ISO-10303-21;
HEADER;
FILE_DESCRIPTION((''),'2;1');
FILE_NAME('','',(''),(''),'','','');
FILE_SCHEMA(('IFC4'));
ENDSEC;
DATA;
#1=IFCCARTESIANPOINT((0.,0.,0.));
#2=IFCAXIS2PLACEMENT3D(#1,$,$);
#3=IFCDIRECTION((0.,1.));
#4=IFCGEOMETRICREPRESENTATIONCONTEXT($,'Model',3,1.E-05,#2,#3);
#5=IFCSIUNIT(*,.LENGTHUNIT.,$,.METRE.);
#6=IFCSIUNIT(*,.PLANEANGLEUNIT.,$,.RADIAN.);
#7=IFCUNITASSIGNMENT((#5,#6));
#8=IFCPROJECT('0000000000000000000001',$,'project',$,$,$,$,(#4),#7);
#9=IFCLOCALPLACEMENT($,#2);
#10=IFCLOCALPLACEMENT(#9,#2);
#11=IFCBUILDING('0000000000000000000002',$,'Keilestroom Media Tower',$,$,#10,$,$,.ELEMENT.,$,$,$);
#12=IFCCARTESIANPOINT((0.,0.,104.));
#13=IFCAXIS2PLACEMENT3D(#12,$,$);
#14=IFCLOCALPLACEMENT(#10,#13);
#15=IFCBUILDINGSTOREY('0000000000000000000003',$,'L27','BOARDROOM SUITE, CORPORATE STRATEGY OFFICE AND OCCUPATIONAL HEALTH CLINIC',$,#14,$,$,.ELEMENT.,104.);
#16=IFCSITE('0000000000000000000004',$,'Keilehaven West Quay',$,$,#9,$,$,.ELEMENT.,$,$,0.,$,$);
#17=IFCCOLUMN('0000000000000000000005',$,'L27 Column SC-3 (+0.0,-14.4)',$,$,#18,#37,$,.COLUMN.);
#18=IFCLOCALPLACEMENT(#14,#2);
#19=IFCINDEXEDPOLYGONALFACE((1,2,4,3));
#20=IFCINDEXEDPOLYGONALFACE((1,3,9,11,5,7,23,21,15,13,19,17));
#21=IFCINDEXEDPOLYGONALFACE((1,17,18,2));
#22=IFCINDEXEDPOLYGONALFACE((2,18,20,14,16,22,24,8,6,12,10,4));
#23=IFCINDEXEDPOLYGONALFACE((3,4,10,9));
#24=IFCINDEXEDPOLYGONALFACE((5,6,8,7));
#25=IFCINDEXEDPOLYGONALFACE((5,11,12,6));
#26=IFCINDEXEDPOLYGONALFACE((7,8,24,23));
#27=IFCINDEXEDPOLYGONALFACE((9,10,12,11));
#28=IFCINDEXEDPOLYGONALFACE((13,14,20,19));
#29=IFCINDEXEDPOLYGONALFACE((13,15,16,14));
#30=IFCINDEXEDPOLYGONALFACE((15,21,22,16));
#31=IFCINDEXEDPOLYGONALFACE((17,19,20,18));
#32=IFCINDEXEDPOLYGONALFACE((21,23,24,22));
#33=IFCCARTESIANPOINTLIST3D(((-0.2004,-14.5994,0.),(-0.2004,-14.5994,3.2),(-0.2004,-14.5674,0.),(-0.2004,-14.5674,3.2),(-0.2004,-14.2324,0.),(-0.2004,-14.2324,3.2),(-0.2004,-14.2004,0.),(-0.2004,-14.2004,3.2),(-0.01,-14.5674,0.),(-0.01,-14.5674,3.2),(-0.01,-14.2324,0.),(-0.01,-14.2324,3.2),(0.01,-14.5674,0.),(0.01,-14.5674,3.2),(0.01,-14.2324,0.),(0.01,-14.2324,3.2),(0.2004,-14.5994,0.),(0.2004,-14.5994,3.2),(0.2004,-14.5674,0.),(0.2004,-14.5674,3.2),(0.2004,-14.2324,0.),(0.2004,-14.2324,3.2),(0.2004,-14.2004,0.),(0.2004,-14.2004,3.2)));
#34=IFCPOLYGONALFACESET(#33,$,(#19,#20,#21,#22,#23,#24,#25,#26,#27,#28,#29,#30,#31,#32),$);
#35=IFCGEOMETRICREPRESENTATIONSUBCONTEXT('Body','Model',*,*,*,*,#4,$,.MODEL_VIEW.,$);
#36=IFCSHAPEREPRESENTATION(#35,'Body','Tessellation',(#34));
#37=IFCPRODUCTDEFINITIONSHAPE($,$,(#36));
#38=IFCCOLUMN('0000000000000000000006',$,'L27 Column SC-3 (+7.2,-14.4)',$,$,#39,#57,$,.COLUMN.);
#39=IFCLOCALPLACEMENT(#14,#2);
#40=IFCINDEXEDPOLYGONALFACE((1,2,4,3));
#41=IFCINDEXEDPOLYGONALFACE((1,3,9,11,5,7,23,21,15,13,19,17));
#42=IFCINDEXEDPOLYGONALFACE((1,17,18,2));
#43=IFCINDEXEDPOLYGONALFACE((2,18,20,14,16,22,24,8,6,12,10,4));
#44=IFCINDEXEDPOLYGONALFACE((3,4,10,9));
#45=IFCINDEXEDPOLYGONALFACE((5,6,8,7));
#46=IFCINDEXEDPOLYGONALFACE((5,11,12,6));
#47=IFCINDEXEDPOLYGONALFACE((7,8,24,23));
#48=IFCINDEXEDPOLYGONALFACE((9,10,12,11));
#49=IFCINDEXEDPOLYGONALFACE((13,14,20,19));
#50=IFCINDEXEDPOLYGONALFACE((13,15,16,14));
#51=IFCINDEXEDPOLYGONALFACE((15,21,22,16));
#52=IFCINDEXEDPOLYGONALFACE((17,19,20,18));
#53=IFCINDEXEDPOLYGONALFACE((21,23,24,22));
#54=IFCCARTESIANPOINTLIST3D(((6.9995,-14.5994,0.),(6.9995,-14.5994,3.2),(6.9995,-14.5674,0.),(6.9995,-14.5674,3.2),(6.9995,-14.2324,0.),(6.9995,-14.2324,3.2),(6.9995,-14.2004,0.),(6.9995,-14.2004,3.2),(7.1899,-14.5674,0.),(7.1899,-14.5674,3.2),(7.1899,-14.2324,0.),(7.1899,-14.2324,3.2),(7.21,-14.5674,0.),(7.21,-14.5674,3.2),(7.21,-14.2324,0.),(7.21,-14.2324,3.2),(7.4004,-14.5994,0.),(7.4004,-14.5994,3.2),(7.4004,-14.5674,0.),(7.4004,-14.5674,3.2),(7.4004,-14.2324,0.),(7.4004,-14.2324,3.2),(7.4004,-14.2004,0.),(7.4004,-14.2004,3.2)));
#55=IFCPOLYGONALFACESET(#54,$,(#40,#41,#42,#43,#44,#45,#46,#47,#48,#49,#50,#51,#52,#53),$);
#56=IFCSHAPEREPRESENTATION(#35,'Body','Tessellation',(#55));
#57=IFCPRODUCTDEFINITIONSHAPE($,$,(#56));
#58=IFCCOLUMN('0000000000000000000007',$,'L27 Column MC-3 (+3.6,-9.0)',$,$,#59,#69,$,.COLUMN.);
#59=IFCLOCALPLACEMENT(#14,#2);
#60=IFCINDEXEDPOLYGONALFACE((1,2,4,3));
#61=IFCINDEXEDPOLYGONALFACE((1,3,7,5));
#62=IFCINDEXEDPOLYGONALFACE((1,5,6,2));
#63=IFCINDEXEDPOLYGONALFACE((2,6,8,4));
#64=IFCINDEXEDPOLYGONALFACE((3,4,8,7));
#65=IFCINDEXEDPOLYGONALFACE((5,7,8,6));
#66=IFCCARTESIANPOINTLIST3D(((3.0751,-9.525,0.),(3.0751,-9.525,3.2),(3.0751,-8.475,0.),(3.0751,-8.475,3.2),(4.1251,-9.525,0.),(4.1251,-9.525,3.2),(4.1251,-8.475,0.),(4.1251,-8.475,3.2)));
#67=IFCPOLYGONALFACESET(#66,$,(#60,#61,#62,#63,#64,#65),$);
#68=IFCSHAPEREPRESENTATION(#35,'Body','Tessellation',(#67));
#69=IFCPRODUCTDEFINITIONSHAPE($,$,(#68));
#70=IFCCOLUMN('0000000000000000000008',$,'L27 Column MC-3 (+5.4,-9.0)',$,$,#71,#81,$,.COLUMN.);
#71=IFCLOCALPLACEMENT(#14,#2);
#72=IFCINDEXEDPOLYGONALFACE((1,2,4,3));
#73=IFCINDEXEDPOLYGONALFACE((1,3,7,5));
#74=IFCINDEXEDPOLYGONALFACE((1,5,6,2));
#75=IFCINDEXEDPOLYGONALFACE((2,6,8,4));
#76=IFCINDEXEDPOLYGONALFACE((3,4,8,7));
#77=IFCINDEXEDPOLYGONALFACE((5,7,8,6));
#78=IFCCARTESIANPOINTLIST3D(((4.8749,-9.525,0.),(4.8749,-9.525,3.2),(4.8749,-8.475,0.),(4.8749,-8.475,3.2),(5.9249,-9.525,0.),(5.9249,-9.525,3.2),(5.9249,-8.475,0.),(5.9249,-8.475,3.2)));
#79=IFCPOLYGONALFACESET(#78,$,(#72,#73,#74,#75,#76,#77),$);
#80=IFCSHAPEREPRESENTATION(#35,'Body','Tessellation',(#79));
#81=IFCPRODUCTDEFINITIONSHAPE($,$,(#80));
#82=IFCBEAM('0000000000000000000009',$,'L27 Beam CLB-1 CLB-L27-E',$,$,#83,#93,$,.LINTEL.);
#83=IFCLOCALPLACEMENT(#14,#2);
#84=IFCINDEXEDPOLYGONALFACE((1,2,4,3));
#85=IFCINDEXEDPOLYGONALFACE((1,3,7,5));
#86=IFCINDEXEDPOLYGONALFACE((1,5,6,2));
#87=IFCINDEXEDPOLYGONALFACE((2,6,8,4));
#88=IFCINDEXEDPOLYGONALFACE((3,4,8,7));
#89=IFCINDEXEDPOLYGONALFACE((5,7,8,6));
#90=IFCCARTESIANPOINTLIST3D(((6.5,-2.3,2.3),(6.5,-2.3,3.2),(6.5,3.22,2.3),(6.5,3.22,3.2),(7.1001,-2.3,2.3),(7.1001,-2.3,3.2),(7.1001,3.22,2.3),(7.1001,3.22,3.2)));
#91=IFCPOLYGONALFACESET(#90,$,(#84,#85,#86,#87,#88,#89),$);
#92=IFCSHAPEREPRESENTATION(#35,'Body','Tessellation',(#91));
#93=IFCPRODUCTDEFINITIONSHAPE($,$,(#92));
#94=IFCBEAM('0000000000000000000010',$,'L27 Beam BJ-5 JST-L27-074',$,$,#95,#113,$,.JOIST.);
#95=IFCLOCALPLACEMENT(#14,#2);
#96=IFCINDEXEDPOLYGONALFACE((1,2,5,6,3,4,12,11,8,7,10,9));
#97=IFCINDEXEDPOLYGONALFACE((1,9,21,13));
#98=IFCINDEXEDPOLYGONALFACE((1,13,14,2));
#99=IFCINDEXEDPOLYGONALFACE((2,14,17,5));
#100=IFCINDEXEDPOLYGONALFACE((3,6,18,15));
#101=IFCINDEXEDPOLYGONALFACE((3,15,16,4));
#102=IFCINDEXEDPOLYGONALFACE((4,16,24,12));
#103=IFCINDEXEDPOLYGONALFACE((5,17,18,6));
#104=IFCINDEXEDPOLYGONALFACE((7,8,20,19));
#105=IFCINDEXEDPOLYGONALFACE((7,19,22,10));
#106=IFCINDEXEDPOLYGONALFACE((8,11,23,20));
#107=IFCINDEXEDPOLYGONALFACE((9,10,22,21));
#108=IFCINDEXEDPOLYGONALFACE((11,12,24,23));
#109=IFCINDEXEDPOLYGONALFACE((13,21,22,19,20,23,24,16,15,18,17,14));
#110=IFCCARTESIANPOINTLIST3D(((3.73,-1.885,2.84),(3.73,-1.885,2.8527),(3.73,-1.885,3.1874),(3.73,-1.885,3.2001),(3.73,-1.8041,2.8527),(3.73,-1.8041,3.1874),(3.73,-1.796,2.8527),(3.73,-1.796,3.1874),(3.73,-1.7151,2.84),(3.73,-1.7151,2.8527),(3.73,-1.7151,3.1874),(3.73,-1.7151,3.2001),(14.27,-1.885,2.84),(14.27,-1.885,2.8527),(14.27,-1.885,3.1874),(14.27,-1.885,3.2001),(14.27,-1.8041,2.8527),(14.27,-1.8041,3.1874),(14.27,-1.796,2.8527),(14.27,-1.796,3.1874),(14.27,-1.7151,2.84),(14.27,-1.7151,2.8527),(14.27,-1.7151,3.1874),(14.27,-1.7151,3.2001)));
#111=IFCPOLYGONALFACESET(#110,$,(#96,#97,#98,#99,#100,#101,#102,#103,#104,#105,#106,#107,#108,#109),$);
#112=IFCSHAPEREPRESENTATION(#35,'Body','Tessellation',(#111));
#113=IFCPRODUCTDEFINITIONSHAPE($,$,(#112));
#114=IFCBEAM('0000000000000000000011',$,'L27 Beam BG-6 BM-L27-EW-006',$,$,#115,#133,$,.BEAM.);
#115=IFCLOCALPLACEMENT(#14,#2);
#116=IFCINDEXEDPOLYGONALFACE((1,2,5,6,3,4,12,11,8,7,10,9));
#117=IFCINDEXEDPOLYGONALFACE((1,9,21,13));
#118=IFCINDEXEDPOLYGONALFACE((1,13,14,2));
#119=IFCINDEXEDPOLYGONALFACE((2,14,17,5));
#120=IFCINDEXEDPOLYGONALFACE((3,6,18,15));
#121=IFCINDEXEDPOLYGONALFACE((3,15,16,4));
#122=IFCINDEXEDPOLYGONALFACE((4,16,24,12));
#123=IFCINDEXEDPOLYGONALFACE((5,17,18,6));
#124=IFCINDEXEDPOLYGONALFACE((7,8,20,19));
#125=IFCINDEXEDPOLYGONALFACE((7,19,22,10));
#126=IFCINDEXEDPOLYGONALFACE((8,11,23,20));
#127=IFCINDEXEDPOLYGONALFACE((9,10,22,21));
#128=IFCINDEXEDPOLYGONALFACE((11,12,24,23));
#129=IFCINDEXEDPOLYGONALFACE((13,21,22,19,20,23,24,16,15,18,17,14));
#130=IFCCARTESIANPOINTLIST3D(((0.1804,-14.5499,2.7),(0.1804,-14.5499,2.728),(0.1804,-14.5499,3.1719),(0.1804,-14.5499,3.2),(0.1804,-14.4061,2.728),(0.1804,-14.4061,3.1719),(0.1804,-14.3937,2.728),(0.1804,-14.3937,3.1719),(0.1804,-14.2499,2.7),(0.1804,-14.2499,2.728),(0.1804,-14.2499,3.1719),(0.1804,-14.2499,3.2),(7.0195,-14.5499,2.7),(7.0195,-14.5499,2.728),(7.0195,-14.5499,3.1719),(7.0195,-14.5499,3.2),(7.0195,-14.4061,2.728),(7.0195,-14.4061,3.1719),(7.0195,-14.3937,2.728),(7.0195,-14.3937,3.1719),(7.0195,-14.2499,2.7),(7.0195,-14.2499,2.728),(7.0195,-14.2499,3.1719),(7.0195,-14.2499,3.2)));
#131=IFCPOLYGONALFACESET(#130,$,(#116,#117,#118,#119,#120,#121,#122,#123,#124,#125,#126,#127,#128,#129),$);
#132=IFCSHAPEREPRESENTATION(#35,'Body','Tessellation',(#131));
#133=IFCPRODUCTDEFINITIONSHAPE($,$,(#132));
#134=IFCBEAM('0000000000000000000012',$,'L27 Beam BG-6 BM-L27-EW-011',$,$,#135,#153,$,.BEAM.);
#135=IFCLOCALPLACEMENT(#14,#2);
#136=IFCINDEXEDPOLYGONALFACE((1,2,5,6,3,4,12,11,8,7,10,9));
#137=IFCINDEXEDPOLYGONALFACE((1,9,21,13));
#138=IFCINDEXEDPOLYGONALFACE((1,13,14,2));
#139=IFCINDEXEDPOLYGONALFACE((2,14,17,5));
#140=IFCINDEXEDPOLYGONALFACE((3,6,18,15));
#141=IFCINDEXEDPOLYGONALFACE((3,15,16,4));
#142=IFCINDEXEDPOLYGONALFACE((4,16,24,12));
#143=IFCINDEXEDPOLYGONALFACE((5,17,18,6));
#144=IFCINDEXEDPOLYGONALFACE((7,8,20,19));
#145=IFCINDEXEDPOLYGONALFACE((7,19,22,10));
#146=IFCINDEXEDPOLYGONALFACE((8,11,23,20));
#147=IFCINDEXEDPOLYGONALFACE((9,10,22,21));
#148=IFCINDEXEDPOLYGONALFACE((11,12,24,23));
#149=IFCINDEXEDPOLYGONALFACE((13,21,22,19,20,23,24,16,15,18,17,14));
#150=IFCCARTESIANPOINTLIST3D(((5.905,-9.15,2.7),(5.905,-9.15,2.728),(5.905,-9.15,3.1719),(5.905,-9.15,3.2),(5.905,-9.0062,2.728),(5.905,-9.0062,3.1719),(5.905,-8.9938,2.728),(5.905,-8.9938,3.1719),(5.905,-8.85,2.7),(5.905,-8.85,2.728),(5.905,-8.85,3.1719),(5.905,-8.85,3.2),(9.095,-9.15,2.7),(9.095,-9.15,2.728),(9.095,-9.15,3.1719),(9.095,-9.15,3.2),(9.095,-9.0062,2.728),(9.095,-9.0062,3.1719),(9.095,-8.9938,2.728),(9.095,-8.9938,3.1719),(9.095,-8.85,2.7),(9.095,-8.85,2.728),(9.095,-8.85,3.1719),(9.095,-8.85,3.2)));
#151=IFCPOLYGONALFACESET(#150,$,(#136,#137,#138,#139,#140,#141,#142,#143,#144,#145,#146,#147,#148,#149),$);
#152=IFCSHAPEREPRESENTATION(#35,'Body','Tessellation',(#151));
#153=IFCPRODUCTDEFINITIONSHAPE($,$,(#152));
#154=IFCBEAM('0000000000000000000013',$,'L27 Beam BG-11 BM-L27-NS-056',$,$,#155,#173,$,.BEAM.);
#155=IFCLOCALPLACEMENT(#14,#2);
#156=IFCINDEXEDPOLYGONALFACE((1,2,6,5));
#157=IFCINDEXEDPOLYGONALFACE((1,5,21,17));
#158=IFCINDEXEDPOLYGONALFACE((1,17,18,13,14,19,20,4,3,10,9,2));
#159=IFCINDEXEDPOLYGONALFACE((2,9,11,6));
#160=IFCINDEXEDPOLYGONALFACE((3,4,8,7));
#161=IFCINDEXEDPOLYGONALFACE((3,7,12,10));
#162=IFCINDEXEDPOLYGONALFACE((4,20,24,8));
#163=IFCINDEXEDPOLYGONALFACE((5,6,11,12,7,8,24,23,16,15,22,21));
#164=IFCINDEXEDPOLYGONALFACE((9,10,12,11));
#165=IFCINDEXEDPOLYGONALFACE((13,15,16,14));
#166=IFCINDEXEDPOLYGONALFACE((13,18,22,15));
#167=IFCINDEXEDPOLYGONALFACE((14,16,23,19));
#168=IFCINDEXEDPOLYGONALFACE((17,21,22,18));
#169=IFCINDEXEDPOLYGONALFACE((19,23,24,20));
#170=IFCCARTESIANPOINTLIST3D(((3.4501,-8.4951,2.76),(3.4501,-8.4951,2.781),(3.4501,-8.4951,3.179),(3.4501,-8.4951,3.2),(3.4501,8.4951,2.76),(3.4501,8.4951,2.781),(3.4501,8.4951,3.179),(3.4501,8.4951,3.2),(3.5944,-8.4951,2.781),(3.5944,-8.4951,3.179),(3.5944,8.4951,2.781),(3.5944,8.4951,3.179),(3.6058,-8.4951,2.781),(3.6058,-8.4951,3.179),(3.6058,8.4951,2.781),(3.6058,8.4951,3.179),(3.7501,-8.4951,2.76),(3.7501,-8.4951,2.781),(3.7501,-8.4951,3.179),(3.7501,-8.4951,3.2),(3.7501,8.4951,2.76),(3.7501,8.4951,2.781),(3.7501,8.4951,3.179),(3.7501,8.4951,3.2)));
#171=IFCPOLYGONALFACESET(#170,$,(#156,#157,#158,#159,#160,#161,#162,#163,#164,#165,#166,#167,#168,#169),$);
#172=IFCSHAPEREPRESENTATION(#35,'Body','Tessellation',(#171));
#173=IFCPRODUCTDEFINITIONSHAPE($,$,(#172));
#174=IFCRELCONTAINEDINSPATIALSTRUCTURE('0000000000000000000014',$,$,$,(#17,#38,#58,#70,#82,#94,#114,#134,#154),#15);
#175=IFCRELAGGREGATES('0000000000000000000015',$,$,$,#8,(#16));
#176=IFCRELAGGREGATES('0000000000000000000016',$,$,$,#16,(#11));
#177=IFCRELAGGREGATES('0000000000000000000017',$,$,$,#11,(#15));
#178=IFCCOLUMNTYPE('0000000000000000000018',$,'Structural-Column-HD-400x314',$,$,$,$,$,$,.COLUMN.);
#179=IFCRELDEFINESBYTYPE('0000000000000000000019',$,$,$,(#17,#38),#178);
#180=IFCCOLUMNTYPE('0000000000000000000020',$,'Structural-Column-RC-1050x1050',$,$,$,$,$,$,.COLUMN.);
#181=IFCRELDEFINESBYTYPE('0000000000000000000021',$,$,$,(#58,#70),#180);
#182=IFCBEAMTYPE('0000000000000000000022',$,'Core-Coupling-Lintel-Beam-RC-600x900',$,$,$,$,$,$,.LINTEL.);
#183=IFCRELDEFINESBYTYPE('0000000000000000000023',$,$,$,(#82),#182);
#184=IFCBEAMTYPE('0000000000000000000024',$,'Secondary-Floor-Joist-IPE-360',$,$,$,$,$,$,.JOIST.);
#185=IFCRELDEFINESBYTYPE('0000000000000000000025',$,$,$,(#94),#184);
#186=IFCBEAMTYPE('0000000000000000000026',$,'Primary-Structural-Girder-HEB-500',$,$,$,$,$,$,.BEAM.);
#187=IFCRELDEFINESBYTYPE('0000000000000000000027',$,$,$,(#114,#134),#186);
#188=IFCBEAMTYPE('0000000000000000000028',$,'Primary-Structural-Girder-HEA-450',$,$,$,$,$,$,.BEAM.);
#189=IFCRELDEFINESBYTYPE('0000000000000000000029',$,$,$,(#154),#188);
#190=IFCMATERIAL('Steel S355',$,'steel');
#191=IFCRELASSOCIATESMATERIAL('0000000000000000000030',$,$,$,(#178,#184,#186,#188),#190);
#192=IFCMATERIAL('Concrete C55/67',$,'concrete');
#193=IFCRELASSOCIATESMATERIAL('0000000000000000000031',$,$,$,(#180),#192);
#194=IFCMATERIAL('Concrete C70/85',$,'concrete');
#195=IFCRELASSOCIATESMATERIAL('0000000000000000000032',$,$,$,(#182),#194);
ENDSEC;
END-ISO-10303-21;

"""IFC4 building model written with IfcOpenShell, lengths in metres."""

from ifc_helpers import new_model, si_unit, direction, frame, origin, origin_2d, place, context, subcontext, project, spatial, rectangle, i_section, extrude, source, transform, mapped, material, material_profile, profile_set, type_object, element, save


model = new_model("IFC4")

# Units and contexts
model_context = context("Model", 3, precision=1e-05, world=origin(), true_north=direction((0.0, 1.0)))
body_context = subcontext(model_context, "Body", "Model", "MODEL_VIEW")
ifc_project = project(units=[si_unit("LENGTHUNIT", "METRE"), si_unit("PLANEANGLEUNIT", "RADIAN")], contexts=[model_context])

# Site, building, storey
site_placement = place(None, origin())
site = spatial("IfcSite", under=ifc_project, at=site_placement, Name="Keilehaven West Quay", CompositionType="ELEMENT", RefElevation=0.0)
building_placement = place(site_placement, origin())
building = spatial("IfcBuilding", under=site, at=building_placement, Name="Keilestroom Media Tower", CompositionType="ELEMENT")
storey_placement = place(building_placement, frame((0.0, 0.0, 104.0)))
storey = spatial("IfcBuildingStorey", under=building, at=storey_placement, Name="L27", Description="BOARDROOM SUITE, CORPORATE STRATEGY OFFICE AND OCCUPATIONAL HEALTH CLINIC", CompositionType="ELEMENT", Elevation=104.0)

# Columns
ifc_material_1 = material(Name="Steel S355", Category="steel")
ifc_material_profile_1 = material_profile(ifc_material_1, i_section(OverallWidth=0.4009, OverallDepth=0.3989, WebThickness=0.02, FlangeThickness=0.032, at=origin_2d()), Name="HD 400x314")
ifc_profile_set_1 = profile_set([ifc_material_profile_1], Name="Steel S355")
column_type_1 = type_object("IfcColumnType", Name="Structural-Column-HD-400x314", PredefinedType="COLUMN", material=ifc_profile_set_1)
shared_shape_1 = source(origin(), body_context, "Body", "SweptSolid", [
    extrude(i_section(OverallWidth=0.4009, OverallDepth=0.3989, WebThickness=0.02, FlangeThickness=0.032, at=origin_2d()), origin(), (0.0, 0.0, 1.0), 3.2),
])
for number, where, z_axis, x_axis, name in (
    (1, (0.0, -14.3999, 0.0), (0.0, 0.0, 1.0), (1.0, 0.0, 0.0), "L27 Column SC-3 (+0.0,-14.4)"),
    (2, (7.2, -14.3999, 0.0), (0.0, 0.0, 1.0), (1.0, 0.0, 0.0), "L27 Column SC-3 (+7.2,-14.4)"),
):
    element("IfcColumn", number, at=place(storey_placement, frame(where, z_axis=z_axis, x_axis=x_axis)), inside=storey, type_object=column_type_1, Name=name, PredefinedType="COLUMN", context=body_context, shape_type="MappedRepresentation", body=[
        mapped(shared_shape_1, transform((0.0, 0.0, 0.0), x_axis=(1.0, 0.0, 0.0), y_axis=(0.0, 1.0, 0.0), z_axis=(0.0, 0.0, 1.0), scale=1.0)),
    ])
ifc_material_2 = material(Name="Concrete C55/67", Category="concrete")
ifc_material_profile_2 = material_profile(ifc_material_2, rectangle(XDim=1.05, YDim=1.05, at=origin_2d()), Name="RC 1050x1050")
ifc_profile_set_2 = profile_set([ifc_material_profile_2], Name="Concrete C55/67")
column_type_2 = type_object("IfcColumnType", Name="Structural-Column-RC-1050x1050", PredefinedType="COLUMN", material=ifc_profile_set_2)
shared_shape_2 = source(origin(), body_context, "Body", "SweptSolid", [
    extrude(rectangle(XDim=1.05, YDim=1.05, at=origin_2d()), origin(), (0.0, 0.0, 1.0), 3.2),
])
for number, where, z_axis, x_axis, name in (
    (3, (3.6001, -9.0, 0.0), (0.0, 0.0, 1.0), (1.0, 0.0, 0.0), "L27 Column MC-3 (+3.6,-9.0)"),
    (4, (5.3999, -9.0, 0.0), (0.0, 0.0, 1.0), (1.0, 0.0, 0.0), "L27 Column MC-3 (+5.4,-9.0)"),
):
    element("IfcColumn", number, at=place(storey_placement, frame(where, z_axis=z_axis, x_axis=x_axis)), inside=storey, type_object=column_type_2, Name=name, PredefinedType="COLUMN", context=body_context, shape_type="MappedRepresentation", body=[
        mapped(shared_shape_2, transform((0.0, 0.0, 0.0), x_axis=(1.0, 0.0, 0.0), y_axis=(0.0, 1.0, 0.0), z_axis=(0.0, 0.0, 1.0), scale=1.0)),
    ])

# Beams
ifc_material_3 = material(Name="Concrete C70/85", Category="concrete")
ifc_material_profile_3 = material_profile(ifc_material_3, rectangle(XDim=0.6001, YDim=0.8999, at=origin_2d()), Name="RC 600x900")
ifc_profile_set_3 = profile_set([ifc_material_profile_3], Name="Concrete C70/85")
beam_type_1 = type_object("IfcBeamType", Name="Core-Coupling-Lintel-Beam-RC-600x900", PredefinedType="LINTEL", material=ifc_profile_set_3)
shared_shape_3 = source(origin(), body_context, "Body", "SweptSolid", [
    extrude(rectangle(XDim=0.6001, YDim=0.8999, at=origin_2d()), origin(), (0.0, 0.0, 1.0), 5.52),
])
beam_1_placement = place(storey_placement, frame((6.8, -2.3, 2.75), z_axis=(0.0, 1.0, 0.0), x_axis=(-1.0, 0.0, 0.0)))
element("IfcBeam", 5, at=beam_1_placement, inside=storey, type_object=beam_type_1, Name="L27 Beam CLB-1 CLB-L27-E", PredefinedType="LINTEL", context=body_context, shape_type="MappedRepresentation", body=[
    mapped(shared_shape_3, transform((0.0, 0.0, 0.0), x_axis=(1.0, 0.0, 0.0), y_axis=(0.0, 1.0, 0.0), z_axis=(0.0, 0.0, 1.0), scale=1.0)),
])
ifc_material_profile_4 = material_profile(ifc_material_1, i_section(OverallWidth=0.1699, OverallDepth=0.3601, WebThickness=0.0081, FlangeThickness=0.0127, at=origin_2d()), Name="IPE 360")
ifc_profile_set_4 = profile_set([ifc_material_profile_4], Name="Steel S355")
beam_type_2 = type_object("IfcBeamType", Name="Secondary-Floor-Joist-IPE-360", PredefinedType="JOIST", material=ifc_profile_set_4)
shared_shape_4 = source(origin(), body_context, "Body", "SweptSolid", [
    extrude(i_section(OverallWidth=0.1699, OverallDepth=0.3601, WebThickness=0.0081, FlangeThickness=0.0127, at=origin_2d()), origin(), (0.0, 0.0, 1.0), 10.54),
])
beam_2_placement = place(storey_placement, frame((3.73, -1.8, 3.02), z_axis=(1.0, 0.0, 0.0), x_axis=(0.0, 1.0, 0.0)))
element("IfcBeam", 6, at=beam_2_placement, inside=storey, type_object=beam_type_2, Name="L27 Beam BJ-5 JST-L27-074", PredefinedType="JOIST", context=body_context, shape_type="MappedRepresentation", body=[
    mapped(shared_shape_4, transform((0.0, 0.0, 0.0), x_axis=(1.0, 0.0, 0.0), y_axis=(0.0, 1.0, 0.0), z_axis=(0.0, 0.0, 1.0), scale=1.0)),
])
ifc_material_profile_5 = material_profile(ifc_material_1, i_section(OverallWidth=0.3, OverallDepth=0.5, WebThickness=0.0125, FlangeThickness=0.0281, at=origin_2d()), Name="HEB 500")
ifc_profile_set_5 = profile_set([ifc_material_profile_5], Name="Steel S355")
beam_type_3 = type_object("IfcBeamType", Name="Primary-Structural-Girder-HEB-500", PredefinedType="BEAM", material=ifc_profile_set_5)
shared_shape_5 = source(origin(), body_context, "Body", "SweptSolid", [
    extrude(i_section(OverallWidth=0.3, OverallDepth=0.5, WebThickness=0.0125, FlangeThickness=0.0281, at=origin_2d()), origin(), (0.0, 0.0, 1.0), 6.8391),
])
beam_3_placement = place(storey_placement, frame((0.1804, -14.3999, 2.95), z_axis=(1.0, 0.0, 0.0), x_axis=(0.0, 1.0, 0.0)))
element("IfcBeam", 7, at=beam_3_placement, inside=storey, type_object=beam_type_3, Name="L27 Beam BG-6 BM-L27-EW-006", PredefinedType="BEAM", context=body_context, shape_type="MappedRepresentation", body=[
    mapped(shared_shape_5, transform((0.0, 0.0, 0.0), x_axis=(1.0, 0.0, 0.0), y_axis=(0.0, 1.0, 0.0), z_axis=(0.0, 0.0, 1.0), scale=1.0)),
])
shared_shape_6 = source(origin(), body_context, "Body", "SweptSolid", [
    extrude(i_section(OverallWidth=0.3, OverallDepth=0.5, WebThickness=0.0125, FlangeThickness=0.0281, at=origin_2d()), origin(), (0.0, 0.0, 1.0), 3.1899),
])
beam_4_placement = place(storey_placement, frame((5.905, -9.0, 2.95), z_axis=(1.0, 0.0, 0.0), x_axis=(0.0, 1.0, 0.0)))
element("IfcBeam", 8, at=beam_4_placement, inside=storey, type_object=beam_type_3, Name="L27 Beam BG-6 BM-L27-EW-011", PredefinedType="BEAM", context=body_context, shape_type="MappedRepresentation", body=[
    mapped(shared_shape_6, transform((0.0, 0.0, 0.0), x_axis=(1.0, 0.0, 0.0), y_axis=(0.0, 1.0, 0.0), z_axis=(0.0, 0.0, 1.0), scale=1.0)),
])
ifc_material_profile_6 = material_profile(ifc_material_1, i_section(OverallWidth=0.3, OverallDepth=0.4399, WebThickness=0.0115, FlangeThickness=0.021, at=origin_2d()), Name="HEA 450")
ifc_profile_set_6 = profile_set([ifc_material_profile_6], Name="Steel S355")
beam_type_4 = type_object("IfcBeamType", Name="Primary-Structural-Girder-HEA-450", PredefinedType="BEAM", material=ifc_profile_set_6)
shared_shape_7 = source(origin(), body_context, "Body", "SweptSolid", [
    extrude(i_section(OverallWidth=0.3, OverallDepth=0.4399, WebThickness=0.0115, FlangeThickness=0.021, at=origin_2d()), origin(), (0.0, 0.0, 1.0), 16.9902),
])
beam_5_placement = place(storey_placement, frame((3.6001, -8.4951, 2.98), z_axis=(0.0, 1.0, 0.0), x_axis=(-1.0, 0.0, 0.0)))
element("IfcBeam", 9, at=beam_5_placement, inside=storey, type_object=beam_type_4, Name="L27 Beam BG-11 BM-L27-NS-056", PredefinedType="BEAM", context=body_context, shape_type="MappedRepresentation", body=[
    mapped(shared_shape_7, transform((0.0, 0.0, 0.0), x_axis=(1.0, 0.0, 0.0), y_axis=(0.0, 1.0, 0.0), z_axis=(0.0, 0.0, 1.0), scale=1.0)),
])

save(model, "model.ifc")
